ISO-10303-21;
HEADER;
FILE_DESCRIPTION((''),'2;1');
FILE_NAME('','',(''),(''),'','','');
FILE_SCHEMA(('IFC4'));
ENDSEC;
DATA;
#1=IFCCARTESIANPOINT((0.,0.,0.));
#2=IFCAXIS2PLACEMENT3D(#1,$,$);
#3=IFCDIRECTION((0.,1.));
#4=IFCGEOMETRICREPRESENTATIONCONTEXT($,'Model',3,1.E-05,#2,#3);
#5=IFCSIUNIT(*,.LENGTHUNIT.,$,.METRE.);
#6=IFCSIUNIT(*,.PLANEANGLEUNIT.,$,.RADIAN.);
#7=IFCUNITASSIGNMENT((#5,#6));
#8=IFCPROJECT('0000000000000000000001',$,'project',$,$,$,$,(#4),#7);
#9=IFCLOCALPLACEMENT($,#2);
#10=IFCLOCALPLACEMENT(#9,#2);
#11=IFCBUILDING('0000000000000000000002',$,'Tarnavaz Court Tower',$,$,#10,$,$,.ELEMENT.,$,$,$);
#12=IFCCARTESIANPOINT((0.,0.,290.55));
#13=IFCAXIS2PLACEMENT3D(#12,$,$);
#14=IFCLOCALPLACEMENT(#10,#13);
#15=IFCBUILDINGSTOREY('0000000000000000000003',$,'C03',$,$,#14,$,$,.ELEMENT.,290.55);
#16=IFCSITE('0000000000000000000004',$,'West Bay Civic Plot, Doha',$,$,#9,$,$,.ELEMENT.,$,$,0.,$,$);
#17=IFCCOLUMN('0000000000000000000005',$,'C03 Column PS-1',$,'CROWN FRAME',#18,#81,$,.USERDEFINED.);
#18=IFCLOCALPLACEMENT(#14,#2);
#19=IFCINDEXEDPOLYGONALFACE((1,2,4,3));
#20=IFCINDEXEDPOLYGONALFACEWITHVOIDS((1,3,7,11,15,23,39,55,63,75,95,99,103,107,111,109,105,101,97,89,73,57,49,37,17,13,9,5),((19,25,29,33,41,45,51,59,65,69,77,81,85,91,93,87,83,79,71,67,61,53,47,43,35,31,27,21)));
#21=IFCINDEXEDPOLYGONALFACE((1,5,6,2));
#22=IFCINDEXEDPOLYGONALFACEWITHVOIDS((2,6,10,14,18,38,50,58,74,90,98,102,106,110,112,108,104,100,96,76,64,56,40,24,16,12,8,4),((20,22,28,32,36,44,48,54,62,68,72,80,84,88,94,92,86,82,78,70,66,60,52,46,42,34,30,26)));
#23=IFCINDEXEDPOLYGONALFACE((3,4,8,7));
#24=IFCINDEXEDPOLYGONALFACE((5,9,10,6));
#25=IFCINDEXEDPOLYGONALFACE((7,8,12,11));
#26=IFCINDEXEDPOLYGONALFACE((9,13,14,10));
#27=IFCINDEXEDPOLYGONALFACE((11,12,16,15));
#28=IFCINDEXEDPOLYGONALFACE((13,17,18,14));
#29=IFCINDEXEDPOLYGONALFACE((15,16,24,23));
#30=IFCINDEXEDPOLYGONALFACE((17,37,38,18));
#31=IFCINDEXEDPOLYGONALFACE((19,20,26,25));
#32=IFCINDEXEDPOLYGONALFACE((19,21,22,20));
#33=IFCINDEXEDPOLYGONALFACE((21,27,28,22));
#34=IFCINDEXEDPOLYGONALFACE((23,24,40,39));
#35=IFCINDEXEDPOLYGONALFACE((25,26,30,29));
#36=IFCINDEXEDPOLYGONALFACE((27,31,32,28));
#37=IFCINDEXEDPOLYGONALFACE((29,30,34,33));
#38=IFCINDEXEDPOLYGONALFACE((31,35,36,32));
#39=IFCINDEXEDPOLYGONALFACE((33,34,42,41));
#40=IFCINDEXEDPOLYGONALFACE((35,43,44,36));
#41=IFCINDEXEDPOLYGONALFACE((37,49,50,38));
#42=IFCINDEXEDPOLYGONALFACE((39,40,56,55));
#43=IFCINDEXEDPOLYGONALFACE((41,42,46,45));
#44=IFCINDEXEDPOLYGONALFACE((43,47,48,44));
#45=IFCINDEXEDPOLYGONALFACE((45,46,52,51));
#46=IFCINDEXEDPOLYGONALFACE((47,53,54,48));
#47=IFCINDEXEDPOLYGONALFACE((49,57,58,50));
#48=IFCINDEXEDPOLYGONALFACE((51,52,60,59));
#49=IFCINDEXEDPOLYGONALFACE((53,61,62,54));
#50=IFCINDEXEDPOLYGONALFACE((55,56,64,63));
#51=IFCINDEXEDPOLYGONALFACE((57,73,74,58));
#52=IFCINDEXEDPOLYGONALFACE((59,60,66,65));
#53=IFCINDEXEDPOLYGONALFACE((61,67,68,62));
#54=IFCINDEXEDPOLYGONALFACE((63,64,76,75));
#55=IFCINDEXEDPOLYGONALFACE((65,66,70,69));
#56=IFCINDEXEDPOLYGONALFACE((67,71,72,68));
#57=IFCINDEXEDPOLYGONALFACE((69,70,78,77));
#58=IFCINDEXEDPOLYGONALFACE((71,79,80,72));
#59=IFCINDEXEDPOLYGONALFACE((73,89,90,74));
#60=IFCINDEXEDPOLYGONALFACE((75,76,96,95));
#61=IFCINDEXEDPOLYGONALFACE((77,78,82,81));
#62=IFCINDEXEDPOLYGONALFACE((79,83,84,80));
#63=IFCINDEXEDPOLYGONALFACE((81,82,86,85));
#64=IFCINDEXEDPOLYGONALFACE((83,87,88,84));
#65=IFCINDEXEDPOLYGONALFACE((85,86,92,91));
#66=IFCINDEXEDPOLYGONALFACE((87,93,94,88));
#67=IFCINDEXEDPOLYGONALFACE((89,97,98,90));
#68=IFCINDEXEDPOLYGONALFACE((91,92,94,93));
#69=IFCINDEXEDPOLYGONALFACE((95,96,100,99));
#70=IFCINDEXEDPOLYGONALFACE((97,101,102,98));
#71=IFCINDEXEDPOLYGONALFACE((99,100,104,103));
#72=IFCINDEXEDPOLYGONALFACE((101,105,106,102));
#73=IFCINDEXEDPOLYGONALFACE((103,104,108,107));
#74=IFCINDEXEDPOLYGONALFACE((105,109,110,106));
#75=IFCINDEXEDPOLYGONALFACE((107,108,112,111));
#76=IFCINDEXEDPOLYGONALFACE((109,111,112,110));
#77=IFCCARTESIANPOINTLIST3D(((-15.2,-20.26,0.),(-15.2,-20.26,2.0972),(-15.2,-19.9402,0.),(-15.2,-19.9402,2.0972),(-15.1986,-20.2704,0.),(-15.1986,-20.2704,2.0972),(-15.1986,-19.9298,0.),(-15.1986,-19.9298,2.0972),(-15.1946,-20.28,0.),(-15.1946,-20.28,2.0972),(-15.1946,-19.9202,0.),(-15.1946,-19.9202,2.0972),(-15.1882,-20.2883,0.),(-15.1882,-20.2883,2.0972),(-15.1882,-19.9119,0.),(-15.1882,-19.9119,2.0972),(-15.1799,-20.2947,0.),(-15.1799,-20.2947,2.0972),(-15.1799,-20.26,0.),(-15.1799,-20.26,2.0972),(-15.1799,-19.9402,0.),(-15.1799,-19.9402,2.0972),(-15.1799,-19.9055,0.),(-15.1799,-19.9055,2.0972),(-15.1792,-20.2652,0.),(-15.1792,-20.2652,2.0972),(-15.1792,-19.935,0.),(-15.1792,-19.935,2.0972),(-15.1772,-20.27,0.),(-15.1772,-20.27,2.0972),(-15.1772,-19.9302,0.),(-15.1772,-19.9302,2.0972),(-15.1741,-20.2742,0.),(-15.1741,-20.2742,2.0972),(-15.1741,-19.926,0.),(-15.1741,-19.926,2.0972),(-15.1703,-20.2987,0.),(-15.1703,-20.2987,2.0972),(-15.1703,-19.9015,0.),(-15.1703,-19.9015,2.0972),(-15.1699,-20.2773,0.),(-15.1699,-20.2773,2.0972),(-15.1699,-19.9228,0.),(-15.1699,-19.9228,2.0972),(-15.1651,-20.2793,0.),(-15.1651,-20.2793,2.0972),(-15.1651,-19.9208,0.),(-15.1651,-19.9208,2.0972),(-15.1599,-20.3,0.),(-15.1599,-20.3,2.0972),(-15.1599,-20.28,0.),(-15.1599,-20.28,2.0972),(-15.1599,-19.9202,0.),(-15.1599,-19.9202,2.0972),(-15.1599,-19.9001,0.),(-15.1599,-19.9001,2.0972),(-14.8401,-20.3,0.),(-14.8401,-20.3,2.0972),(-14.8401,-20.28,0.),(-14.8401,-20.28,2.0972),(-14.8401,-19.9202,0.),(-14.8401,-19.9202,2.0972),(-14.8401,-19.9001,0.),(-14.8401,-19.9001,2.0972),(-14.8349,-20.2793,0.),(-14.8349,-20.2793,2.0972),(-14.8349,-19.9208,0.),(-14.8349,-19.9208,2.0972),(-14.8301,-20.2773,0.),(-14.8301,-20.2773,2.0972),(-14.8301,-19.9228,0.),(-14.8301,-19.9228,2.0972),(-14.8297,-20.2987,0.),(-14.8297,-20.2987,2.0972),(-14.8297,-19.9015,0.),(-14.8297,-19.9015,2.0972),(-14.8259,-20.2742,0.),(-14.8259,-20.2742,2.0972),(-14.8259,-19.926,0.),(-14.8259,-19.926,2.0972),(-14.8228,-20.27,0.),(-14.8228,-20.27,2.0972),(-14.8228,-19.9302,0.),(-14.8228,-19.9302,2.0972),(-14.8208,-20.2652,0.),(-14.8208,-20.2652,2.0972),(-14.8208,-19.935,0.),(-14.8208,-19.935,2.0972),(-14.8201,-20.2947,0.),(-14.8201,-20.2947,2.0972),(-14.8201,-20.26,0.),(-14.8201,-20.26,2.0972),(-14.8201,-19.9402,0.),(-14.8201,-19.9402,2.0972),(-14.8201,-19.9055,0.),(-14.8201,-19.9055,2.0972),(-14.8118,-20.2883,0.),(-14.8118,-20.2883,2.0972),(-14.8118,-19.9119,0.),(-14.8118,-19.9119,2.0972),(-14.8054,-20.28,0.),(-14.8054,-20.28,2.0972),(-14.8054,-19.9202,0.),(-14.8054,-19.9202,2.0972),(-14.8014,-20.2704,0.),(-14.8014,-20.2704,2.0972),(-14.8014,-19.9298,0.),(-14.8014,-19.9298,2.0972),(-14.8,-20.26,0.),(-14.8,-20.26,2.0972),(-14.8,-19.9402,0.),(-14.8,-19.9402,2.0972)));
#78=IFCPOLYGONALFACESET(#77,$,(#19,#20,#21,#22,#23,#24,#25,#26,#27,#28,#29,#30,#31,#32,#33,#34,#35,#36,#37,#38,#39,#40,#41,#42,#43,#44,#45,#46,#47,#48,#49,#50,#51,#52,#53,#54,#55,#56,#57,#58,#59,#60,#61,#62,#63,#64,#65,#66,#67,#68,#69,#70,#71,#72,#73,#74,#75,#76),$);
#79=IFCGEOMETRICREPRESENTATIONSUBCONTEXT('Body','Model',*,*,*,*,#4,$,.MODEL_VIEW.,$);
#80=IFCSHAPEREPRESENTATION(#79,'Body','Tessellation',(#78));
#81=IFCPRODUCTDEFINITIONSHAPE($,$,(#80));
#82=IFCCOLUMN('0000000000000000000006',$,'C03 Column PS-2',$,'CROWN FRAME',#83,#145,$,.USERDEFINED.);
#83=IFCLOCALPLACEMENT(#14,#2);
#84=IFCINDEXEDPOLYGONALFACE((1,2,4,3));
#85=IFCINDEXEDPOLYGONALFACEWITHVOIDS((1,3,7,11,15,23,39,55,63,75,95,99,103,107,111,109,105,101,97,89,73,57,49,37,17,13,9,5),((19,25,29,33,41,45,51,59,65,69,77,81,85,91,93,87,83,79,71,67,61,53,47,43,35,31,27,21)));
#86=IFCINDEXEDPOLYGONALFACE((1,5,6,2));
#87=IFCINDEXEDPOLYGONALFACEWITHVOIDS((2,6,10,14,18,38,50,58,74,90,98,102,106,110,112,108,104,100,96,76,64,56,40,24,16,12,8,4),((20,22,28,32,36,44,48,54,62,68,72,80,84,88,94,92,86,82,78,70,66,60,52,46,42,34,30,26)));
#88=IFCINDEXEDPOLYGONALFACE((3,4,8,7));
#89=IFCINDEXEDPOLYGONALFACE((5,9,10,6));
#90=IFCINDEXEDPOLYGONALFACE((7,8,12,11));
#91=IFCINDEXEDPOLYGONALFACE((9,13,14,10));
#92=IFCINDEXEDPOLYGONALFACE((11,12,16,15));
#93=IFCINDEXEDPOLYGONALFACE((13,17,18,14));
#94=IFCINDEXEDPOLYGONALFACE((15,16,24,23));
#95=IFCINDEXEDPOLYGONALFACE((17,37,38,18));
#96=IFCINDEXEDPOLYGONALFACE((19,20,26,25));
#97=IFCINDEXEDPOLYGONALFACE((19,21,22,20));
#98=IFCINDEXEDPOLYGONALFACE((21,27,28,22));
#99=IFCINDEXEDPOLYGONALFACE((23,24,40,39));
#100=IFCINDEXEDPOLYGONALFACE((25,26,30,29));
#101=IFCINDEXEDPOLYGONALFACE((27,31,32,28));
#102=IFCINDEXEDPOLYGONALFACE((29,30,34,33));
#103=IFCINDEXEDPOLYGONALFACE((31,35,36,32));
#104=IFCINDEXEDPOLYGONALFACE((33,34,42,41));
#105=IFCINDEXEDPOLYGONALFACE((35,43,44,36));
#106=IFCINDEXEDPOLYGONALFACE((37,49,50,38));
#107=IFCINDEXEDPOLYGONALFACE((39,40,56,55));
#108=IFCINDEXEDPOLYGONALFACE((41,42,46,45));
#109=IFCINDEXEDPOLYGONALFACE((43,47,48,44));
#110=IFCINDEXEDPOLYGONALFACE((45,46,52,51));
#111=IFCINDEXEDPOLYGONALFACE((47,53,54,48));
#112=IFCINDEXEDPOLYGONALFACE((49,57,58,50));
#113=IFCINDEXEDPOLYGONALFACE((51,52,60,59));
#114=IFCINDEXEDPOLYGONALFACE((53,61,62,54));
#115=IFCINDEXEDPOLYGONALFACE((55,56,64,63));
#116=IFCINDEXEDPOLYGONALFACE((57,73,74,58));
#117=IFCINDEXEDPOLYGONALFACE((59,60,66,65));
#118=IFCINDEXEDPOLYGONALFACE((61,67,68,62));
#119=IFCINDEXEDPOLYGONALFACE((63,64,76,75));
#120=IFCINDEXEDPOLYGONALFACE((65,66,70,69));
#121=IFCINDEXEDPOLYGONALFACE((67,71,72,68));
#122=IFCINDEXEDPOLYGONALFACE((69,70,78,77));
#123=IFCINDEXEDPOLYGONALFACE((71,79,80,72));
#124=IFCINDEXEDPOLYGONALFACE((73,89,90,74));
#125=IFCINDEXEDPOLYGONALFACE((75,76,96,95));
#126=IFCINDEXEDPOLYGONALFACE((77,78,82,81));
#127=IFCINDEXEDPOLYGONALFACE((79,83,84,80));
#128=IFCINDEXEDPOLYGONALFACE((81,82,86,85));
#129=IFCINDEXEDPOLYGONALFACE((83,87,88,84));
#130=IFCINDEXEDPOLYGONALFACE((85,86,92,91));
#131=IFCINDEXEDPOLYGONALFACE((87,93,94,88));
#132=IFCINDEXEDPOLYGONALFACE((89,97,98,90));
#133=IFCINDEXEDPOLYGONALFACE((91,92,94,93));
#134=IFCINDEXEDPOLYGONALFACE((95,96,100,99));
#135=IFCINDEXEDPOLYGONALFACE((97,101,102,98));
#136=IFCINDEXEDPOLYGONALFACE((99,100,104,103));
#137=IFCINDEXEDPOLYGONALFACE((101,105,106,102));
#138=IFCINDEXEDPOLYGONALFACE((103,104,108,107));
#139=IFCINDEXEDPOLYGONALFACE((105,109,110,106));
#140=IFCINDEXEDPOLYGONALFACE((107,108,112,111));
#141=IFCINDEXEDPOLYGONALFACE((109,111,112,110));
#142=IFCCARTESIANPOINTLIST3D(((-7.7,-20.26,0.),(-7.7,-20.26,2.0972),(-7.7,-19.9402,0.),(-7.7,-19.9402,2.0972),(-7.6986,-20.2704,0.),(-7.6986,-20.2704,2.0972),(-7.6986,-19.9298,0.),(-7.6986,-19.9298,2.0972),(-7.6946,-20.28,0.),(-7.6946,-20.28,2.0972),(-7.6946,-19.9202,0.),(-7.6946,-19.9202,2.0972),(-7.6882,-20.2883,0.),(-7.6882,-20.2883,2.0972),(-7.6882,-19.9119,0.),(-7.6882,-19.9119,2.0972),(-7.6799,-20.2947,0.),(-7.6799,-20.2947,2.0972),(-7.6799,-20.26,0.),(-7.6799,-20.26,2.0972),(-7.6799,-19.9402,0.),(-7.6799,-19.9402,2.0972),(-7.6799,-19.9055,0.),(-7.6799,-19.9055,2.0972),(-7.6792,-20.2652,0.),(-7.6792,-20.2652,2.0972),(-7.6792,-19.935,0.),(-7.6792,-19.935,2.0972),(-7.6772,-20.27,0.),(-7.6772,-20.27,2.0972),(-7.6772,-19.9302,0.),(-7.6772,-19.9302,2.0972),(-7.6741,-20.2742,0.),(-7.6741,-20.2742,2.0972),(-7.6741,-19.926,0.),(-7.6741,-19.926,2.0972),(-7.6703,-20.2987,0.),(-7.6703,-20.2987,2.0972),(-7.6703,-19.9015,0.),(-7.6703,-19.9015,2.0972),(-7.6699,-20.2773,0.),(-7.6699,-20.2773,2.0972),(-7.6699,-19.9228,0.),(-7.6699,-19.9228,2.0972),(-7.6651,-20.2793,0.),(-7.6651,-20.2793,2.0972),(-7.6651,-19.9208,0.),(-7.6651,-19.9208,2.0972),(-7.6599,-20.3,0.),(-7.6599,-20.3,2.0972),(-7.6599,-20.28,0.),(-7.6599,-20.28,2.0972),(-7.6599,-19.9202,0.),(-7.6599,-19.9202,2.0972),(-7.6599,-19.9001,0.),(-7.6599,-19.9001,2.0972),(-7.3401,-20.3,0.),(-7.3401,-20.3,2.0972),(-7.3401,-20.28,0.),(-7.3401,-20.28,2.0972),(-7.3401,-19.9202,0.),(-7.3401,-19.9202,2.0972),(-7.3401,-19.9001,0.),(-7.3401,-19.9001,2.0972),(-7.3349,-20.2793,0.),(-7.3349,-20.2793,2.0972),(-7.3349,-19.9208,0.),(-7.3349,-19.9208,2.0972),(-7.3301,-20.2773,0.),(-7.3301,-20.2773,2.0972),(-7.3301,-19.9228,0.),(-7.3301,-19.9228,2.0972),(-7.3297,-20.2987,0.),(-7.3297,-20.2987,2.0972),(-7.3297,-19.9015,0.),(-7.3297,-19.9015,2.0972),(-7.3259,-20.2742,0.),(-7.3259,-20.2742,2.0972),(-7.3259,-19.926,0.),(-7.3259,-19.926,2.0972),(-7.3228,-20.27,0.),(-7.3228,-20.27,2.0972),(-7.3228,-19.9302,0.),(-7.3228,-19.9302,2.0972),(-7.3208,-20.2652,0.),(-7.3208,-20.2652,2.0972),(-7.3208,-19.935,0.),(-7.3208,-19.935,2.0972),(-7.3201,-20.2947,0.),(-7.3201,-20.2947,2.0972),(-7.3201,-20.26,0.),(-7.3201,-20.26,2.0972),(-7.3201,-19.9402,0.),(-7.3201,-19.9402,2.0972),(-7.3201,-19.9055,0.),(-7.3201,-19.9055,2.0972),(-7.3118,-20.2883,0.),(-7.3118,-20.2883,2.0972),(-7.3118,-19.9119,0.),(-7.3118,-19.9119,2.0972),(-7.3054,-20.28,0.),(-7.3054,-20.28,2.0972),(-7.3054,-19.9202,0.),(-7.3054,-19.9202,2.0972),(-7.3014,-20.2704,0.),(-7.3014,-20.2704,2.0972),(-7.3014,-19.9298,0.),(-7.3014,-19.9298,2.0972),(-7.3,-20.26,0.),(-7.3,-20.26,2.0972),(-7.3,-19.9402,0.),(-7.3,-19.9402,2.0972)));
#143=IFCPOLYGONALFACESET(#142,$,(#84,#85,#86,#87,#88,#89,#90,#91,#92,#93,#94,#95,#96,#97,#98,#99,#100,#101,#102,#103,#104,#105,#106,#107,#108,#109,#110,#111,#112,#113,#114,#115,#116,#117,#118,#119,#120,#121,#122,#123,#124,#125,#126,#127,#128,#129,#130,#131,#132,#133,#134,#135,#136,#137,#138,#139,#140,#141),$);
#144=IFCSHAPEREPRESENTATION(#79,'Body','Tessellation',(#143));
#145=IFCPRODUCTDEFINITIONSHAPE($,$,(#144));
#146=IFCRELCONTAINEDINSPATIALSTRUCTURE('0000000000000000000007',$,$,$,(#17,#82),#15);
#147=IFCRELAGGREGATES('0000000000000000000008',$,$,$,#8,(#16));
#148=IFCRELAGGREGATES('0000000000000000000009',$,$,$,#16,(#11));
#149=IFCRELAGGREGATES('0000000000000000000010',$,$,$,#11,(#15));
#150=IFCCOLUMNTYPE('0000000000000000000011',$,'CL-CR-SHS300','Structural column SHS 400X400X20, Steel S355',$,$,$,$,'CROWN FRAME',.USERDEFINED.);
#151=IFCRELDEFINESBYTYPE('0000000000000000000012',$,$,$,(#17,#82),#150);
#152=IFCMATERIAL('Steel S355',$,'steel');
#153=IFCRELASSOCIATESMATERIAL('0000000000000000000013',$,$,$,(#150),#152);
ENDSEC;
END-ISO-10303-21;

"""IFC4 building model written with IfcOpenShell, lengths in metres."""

from ifc_helpers import new_model, si_unit, direction, frame, origin, origin_2d, place, context, subcontext, project, spatial, hollow_rectangle, extrude, material, material_profile, profile_set, type_object, element, save


model = new_model("IFC4")

# Units and contexts
model_context = context("Model", 3, precision=1e-05, world=origin(), true_north=direction((0.0, 1.0)))
body_context = subcontext(model_context, "Body", "Model", "MODEL_VIEW")
ifc_project = project(units=[si_unit("LENGTHUNIT", "METRE"), si_unit("PLANEANGLEUNIT", "RADIAN")], contexts=[model_context])

# Site, building, storey
site_placement = place(None, origin())
site = spatial("IfcSite", under=ifc_project, at=site_placement, Name="West Bay Civic Plot, Doha", CompositionType="ELEMENT", RefElevation=0.0)
building_placement = place(site_placement, origin())
building = spatial("IfcBuilding", under=site, at=building_placement, Name="Tarnavaz Court Tower", CompositionType="ELEMENT")
storey_placement = place(building_placement, frame((0.0, 0.0, 290.55)))
storey = spatial("IfcBuildingStorey", under=building, at=storey_placement, Name="C03", CompositionType="ELEMENT", Elevation=290.55)

# Columns
ifc_material_1 = material(Name="Steel S355", Category="steel")
ifc_material_profile_1 = material_profile(ifc_material_1, hollow_rectangle(XDim=0.3999, YDim=0.3999, WallThickness=0.02, InnerFilletRadius=0.02, OuterFilletRadius=0.04, at=origin_2d()), Name="SHS 400X400X20")
ifc_profile_set_1 = profile_set([ifc_material_profile_1], Name="Steel S355")
column_type = type_object("IfcColumnType", Name="CL-CR-SHS300", Description="Structural column SHS 400X400X20, Steel S355", ElementType="CROWN FRAME", PredefinedType="USERDEFINED", material=ifc_profile_set_1)
for number, where, z_axis, x_axis, name in (
    (1, (-15.0, -20.1001, 0.0), (0.0, 0.0, 1.0), (1.0, 0.0, 0.0), "C03 Column PS-1"),
    (2, (-7.5, -20.1001, 0.0), (0.0, 0.0, 1.0), (1.0, 0.0, 0.0), "C03 Column PS-2"),
):
    element("IfcColumn", number, at=place(storey_placement, frame(where, z_axis=z_axis, x_axis=x_axis)), inside=storey, type_object=column_type, Name=name, ObjectType="CROWN FRAME", PredefinedType="USERDEFINED", context=body_context, shape_type="SweptSolid", body=[
        extrude(hollow_rectangle(XDim=0.3999, YDim=0.3999, WallThickness=0.02, InnerFilletRadius=0.02, OuterFilletRadius=0.04, at=origin_2d()), origin(), (0.0, 0.0, 1.0), 2.0972),
    ])

save(model, "model.ifc")
